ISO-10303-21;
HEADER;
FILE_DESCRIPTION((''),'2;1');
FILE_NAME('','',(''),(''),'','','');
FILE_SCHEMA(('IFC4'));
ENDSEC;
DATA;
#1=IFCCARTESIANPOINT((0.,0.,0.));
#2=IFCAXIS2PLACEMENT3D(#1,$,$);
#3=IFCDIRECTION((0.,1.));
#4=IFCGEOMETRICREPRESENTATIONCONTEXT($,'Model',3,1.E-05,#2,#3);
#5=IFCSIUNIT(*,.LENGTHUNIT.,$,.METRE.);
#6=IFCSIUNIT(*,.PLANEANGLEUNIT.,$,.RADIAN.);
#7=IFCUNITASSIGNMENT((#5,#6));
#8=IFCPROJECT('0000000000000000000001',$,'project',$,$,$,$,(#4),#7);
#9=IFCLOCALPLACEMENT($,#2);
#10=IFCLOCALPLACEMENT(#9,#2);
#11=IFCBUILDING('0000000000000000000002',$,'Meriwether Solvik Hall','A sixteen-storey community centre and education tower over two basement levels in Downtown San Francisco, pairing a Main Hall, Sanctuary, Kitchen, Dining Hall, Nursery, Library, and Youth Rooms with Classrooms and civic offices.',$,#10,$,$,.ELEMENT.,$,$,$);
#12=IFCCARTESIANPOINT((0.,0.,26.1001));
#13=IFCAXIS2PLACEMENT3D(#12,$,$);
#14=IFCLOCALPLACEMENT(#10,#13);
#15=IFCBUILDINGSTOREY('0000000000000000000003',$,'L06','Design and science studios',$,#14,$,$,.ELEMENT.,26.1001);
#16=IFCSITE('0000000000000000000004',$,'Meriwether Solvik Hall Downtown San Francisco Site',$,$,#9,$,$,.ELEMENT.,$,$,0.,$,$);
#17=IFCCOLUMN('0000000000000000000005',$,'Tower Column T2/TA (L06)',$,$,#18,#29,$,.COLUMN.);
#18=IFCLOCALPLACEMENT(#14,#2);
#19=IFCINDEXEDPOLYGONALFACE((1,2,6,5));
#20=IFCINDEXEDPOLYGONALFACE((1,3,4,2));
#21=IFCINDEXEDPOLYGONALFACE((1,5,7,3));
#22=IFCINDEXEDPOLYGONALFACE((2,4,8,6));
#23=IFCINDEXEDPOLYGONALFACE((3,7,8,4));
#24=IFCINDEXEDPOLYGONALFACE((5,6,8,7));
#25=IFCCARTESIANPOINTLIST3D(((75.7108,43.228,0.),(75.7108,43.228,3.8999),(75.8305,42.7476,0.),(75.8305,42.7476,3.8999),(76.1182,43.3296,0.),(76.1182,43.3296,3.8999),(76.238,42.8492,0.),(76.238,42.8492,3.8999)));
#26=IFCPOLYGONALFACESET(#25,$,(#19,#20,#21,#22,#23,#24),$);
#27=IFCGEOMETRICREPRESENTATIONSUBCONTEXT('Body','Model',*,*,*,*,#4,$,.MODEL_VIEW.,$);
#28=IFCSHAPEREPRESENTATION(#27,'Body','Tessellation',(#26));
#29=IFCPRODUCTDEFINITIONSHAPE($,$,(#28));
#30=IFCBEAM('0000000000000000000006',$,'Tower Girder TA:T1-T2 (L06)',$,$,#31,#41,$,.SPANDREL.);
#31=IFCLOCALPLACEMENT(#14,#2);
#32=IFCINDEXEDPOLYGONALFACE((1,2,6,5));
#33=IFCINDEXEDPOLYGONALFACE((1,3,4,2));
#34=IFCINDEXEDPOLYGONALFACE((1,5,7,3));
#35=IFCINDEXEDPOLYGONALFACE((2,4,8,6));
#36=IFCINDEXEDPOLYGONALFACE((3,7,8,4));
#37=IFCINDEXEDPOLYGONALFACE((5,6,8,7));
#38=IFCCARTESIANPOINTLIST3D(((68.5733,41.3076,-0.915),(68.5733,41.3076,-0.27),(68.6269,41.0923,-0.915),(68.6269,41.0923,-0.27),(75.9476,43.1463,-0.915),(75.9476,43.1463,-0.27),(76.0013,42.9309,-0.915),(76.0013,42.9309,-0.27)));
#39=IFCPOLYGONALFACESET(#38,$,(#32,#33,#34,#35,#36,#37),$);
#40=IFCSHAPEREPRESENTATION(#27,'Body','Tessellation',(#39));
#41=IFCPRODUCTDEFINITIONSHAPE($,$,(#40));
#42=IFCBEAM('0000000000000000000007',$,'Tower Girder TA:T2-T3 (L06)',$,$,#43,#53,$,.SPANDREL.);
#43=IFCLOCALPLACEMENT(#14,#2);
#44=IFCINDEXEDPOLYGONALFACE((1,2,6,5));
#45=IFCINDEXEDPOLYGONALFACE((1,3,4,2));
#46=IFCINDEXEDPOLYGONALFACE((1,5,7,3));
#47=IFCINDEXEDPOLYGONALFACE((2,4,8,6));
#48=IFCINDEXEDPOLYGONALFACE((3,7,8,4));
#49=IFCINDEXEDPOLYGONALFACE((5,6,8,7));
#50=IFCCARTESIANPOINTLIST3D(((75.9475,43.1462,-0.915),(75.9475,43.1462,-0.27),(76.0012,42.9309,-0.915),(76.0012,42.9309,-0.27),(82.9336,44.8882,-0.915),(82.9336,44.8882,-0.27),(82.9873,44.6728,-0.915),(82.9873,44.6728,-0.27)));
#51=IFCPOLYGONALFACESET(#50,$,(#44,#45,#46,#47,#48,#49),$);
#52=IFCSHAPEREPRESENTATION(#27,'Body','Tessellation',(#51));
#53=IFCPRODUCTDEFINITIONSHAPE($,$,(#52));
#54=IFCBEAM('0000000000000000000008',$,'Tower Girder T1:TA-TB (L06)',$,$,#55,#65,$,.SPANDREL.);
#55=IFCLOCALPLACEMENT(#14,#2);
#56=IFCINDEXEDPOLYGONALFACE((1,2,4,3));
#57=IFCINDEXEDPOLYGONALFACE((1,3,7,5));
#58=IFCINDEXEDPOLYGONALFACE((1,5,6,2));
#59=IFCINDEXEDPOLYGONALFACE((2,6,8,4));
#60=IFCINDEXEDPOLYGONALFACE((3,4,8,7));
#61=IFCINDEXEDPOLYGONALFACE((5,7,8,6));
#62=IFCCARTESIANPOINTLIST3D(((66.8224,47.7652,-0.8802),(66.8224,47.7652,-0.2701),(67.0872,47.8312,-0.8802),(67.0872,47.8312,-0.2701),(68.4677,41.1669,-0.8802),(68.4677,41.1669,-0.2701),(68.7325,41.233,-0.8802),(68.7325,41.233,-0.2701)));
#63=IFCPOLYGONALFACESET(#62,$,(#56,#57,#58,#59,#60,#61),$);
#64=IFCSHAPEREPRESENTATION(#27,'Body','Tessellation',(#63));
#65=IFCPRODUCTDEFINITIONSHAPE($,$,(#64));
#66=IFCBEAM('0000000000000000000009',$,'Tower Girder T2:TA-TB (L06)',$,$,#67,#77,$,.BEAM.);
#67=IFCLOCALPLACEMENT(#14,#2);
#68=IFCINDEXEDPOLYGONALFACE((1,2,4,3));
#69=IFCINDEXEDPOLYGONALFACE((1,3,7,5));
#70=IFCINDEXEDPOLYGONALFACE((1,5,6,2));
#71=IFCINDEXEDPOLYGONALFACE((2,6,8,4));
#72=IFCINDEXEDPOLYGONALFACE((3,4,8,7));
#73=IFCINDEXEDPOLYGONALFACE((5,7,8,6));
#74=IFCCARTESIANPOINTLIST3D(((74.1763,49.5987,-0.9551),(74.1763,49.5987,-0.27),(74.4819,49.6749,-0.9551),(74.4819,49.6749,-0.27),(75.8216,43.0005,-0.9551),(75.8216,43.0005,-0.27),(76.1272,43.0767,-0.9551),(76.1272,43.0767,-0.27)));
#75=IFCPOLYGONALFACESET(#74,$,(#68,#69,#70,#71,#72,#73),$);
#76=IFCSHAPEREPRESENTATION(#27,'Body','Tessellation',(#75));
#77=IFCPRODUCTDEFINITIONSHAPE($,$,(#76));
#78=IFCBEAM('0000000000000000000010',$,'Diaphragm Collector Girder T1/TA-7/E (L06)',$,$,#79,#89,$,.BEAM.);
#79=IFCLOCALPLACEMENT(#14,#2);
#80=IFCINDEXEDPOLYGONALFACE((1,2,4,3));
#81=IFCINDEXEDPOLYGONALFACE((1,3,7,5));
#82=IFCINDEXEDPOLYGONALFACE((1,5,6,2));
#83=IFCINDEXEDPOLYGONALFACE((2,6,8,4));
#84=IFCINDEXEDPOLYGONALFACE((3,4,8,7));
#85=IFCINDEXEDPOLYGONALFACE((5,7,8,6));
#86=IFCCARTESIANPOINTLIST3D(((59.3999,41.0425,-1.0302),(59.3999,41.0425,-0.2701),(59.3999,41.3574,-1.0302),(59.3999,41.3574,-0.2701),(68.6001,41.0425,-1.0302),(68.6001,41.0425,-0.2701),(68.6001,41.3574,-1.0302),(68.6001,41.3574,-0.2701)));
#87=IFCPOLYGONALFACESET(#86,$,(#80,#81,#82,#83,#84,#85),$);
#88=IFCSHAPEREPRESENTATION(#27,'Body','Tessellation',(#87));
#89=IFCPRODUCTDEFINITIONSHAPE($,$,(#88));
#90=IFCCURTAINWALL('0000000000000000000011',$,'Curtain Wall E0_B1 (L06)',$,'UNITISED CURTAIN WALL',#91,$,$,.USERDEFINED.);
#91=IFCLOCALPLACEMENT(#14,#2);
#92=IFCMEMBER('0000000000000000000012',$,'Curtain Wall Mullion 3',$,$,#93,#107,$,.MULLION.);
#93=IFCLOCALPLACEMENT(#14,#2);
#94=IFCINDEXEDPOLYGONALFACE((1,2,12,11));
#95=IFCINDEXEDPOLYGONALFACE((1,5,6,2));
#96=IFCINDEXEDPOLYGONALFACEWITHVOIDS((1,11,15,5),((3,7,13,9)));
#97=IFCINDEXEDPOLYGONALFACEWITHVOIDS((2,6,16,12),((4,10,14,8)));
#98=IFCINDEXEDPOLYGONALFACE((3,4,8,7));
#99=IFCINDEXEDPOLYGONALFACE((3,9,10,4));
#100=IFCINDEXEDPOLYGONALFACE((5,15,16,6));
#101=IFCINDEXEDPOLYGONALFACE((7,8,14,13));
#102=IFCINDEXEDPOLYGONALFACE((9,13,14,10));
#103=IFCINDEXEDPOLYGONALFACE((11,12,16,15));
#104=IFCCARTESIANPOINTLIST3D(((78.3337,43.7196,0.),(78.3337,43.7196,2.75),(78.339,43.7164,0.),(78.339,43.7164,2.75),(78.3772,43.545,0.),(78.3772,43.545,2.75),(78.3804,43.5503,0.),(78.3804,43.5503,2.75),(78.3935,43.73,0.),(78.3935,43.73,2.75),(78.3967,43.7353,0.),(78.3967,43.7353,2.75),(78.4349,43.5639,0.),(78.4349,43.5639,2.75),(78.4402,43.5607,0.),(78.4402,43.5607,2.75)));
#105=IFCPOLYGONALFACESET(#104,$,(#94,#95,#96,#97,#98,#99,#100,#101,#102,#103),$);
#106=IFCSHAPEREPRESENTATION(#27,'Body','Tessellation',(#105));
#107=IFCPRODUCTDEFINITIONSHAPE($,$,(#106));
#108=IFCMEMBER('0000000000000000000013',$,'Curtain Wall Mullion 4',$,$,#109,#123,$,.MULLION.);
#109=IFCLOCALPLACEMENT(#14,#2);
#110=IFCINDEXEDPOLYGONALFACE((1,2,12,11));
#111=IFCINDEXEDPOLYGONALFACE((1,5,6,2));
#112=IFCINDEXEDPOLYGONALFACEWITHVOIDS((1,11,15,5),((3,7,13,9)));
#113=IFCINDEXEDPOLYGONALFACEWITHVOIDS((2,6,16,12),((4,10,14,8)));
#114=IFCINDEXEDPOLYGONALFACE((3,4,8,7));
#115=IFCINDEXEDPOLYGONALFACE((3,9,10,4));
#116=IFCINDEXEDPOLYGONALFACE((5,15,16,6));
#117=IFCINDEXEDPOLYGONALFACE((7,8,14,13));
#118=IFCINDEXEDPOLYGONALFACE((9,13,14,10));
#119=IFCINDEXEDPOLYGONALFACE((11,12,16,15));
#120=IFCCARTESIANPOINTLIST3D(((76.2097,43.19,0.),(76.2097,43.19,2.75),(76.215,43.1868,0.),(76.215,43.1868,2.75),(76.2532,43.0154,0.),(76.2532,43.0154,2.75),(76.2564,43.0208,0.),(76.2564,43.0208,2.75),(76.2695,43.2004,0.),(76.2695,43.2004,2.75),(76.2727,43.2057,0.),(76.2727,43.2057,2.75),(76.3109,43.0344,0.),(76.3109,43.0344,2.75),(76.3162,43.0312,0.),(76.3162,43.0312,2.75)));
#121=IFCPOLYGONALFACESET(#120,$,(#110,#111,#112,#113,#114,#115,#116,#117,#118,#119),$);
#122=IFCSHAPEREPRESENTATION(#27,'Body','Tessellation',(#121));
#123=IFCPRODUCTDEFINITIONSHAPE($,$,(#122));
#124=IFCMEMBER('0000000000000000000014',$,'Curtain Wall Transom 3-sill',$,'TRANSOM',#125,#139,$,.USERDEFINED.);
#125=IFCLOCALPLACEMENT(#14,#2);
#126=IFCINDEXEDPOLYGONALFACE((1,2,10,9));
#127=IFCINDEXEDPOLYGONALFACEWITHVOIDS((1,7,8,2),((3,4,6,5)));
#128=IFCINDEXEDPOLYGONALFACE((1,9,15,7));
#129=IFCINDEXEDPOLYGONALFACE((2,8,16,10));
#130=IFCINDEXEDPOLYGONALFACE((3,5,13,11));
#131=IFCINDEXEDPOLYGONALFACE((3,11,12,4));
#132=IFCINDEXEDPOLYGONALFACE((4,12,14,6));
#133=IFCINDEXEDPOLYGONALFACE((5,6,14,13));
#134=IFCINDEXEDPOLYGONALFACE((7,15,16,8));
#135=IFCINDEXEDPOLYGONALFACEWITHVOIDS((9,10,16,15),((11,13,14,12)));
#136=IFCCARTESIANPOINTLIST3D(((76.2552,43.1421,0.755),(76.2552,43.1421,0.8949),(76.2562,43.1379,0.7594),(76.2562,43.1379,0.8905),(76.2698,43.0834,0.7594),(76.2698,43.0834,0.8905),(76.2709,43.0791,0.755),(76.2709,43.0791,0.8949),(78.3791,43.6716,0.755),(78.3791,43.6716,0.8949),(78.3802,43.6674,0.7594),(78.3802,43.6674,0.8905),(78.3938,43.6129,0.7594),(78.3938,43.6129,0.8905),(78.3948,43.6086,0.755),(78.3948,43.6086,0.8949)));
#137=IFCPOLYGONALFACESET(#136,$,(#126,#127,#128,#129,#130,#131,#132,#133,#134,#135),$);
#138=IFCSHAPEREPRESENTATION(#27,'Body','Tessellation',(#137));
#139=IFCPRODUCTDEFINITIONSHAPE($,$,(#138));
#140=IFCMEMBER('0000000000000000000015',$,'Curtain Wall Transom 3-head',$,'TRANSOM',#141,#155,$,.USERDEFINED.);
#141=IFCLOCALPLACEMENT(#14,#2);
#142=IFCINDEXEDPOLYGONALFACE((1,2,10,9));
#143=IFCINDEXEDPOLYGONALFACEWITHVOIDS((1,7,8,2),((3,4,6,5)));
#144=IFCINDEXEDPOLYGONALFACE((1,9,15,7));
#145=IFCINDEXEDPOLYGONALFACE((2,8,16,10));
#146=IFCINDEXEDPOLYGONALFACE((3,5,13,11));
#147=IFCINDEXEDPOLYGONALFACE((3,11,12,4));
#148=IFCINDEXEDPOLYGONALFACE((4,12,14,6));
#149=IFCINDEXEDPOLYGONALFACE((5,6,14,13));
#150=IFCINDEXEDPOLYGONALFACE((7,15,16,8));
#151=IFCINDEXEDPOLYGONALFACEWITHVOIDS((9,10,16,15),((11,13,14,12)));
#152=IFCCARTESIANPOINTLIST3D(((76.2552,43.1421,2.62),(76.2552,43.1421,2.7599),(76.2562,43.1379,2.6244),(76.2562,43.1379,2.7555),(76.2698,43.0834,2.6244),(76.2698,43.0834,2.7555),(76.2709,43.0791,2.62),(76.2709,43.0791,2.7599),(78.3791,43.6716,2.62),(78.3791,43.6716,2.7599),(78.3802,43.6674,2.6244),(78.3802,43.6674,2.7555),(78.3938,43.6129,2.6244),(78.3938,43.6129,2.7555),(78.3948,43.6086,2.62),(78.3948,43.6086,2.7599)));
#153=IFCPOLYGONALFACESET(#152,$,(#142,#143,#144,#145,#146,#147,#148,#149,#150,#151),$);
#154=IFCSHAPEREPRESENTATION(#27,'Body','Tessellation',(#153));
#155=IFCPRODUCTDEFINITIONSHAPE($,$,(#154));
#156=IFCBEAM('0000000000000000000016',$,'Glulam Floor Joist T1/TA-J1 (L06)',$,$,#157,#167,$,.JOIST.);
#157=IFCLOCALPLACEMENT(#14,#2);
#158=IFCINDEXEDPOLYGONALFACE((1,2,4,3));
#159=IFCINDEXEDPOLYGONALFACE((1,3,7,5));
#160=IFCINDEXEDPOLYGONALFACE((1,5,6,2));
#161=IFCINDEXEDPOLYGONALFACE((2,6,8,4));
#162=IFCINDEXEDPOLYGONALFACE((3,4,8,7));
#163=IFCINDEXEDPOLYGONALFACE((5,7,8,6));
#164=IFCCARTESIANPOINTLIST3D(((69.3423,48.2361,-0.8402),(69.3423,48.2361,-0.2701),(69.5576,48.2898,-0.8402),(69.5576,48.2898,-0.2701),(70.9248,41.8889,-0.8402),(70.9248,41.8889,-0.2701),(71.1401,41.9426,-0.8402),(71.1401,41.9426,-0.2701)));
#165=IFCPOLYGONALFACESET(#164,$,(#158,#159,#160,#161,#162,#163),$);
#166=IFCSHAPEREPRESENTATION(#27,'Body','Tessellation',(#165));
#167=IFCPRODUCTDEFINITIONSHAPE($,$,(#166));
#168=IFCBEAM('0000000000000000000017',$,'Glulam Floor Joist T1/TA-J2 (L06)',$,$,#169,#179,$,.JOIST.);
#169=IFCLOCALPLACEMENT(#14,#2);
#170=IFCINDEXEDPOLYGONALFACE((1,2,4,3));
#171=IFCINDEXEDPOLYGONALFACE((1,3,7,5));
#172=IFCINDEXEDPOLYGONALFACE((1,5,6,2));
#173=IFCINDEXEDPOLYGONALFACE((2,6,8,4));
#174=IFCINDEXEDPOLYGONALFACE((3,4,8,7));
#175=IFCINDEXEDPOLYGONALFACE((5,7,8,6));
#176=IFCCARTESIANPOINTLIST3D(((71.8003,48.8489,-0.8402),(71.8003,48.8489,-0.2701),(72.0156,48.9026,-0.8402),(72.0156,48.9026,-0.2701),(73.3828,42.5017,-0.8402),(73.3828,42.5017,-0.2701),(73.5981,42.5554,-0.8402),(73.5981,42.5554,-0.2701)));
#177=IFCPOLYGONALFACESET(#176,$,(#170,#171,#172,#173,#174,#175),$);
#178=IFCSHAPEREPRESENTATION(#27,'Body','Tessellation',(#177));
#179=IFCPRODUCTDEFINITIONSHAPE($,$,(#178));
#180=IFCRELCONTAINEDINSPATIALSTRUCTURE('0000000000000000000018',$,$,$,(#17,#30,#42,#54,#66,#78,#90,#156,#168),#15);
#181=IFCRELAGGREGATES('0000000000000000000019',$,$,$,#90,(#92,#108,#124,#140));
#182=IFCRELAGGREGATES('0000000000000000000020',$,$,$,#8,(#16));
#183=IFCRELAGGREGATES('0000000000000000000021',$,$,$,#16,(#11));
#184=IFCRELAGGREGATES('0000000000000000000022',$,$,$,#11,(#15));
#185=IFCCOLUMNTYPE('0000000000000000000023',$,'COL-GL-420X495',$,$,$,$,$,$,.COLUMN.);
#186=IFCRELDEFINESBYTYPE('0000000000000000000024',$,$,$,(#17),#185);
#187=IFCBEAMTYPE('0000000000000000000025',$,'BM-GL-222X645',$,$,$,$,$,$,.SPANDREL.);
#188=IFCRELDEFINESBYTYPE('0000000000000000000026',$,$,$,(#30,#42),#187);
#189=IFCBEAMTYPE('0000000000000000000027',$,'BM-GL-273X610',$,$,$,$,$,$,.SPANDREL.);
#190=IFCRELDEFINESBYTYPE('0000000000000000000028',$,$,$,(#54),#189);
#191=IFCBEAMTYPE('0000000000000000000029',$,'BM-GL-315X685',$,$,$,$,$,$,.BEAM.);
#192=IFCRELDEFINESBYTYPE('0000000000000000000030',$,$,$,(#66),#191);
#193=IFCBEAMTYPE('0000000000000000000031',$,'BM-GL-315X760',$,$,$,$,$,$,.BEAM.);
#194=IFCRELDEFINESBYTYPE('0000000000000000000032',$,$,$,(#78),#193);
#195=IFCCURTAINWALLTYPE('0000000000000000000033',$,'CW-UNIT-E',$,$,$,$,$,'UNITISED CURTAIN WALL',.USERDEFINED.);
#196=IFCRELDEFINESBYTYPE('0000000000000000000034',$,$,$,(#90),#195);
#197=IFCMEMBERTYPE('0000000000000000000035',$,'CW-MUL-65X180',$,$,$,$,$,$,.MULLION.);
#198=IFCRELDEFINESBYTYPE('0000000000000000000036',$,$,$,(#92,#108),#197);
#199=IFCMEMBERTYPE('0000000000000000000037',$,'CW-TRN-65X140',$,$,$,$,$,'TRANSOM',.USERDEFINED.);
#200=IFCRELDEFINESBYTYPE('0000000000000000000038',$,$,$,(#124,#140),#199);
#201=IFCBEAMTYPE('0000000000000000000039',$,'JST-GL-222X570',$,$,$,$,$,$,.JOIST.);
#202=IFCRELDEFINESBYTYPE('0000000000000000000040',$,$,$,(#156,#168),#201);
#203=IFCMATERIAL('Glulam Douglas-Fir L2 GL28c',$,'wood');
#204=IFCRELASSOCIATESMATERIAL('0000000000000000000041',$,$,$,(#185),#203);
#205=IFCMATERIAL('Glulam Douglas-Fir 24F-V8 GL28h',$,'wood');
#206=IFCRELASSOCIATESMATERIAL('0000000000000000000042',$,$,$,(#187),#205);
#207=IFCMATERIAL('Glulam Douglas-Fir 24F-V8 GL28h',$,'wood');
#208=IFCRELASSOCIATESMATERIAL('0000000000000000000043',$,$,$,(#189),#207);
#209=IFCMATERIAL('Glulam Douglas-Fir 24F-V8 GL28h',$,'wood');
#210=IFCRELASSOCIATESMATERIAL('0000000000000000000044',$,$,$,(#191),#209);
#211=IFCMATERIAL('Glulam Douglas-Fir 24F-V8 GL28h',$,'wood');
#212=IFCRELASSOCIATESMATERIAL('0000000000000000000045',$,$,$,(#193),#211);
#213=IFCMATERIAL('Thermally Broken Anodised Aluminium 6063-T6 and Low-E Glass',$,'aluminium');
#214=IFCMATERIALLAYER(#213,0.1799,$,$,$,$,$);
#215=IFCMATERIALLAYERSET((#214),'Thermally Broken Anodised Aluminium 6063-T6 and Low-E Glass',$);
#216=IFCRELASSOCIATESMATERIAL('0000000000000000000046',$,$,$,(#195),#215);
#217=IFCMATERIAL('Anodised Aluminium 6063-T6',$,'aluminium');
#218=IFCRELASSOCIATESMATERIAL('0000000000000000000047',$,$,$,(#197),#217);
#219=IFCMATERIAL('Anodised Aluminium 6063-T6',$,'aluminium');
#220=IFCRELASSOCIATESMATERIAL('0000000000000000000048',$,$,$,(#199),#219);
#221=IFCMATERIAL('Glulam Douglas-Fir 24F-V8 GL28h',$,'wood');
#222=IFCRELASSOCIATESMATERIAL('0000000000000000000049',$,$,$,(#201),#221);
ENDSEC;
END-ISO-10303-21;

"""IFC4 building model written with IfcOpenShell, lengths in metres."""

from ifc_helpers import new_model, si_unit, direction, frame, origin, origin_2d, place, context, subcontext, project, spatial, rectangle, hollow_rectangle, extrude, material, layer, layer_set, material_profile, profile_set, type_object, element, aggregate, save


model = new_model("IFC4")

# Units and contexts
model_context = context("Model", 3, precision=1e-05, world=origin(), true_north=direction((0.0, 1.0)))
body_context = subcontext(model_context, "Body", "Model", "MODEL_VIEW")
ifc_project = project(units=[si_unit("LENGTHUNIT", "METRE"), si_unit("PLANEANGLEUNIT", "RADIAN")], contexts=[model_context])

# Site, building, storey
site_placement = place(None, origin())
site = spatial("IfcSite", under=ifc_project, at=site_placement, Name="Meriwether Solvik Hall Downtown San Francisco Site", CompositionType="ELEMENT", RefElevation=0.0)
building_placement = place(site_placement, origin())
building = spatial("IfcBuilding", under=site, at=building_placement, Name="Meriwether Solvik Hall", Description="A sixteen-storey community centre and education tower over two basement levels in Downtown San Francisco, pairing a Main Hall, Sanctuary, Kitchen, Dining Hall, Nursery, Library, and Youth Rooms with Classrooms and civic offices.", CompositionType="ELEMENT")
storey_placement = place(building_placement, frame((0.0, 0.0, 26.1001)))
storey = spatial("IfcBuildingStorey", under=building, at=storey_placement, Name="L06", Description="Design and science studios", CompositionType="ELEMENT", Elevation=26.1001)

# Column
ifc_material_1 = material(Name="Glulam Douglas-Fir L2 GL28c", Category="wood")
ifc_material_profile_1 = material_profile(ifc_material_1, rectangle(XDim=0.4199, YDim=0.4951, at=origin_2d()), Name="GLC-420X495")
ifc_profile_set_1 = profile_set([ifc_material_profile_1], Name="Glulam Douglas-Fir L2 GL28c")
column_type = type_object("IfcColumnType", Name="COL-GL-420X495", PredefinedType="COLUMN", material=ifc_profile_set_1)
column_placement = place(storey_placement, frame((75.9744, 43.0386, 0.0), z_axis=(0.0, 0.0, 1.0), x_axis=(0.970296, 0.241922, 0.0)))
element("IfcColumn", 1, at=column_placement, inside=storey, type_object=column_type, Name="Tower Column T2/TA (L06)", PredefinedType="COLUMN", context=body_context, shape_type="SweptSolid", body=[
    extrude(rectangle(XDim=0.4199, YDim=0.4951, at=origin_2d()), origin(), (0.0, 0.0, 1.0), 3.8999),
])

# Beams
ifc_material_2 = material(Name="Glulam Douglas-Fir 24F-V8 GL28h", Category="wood")
ifc_material_profile_2 = material_profile(ifc_material_2, rectangle(XDim=0.2219, YDim=0.645, at=origin_2d()), Name="GLB-222X645")
ifc_profile_set_2 = profile_set([ifc_material_profile_2], Name="Glulam Douglas-Fir 24F-V8 GL28h")
beam_type_1 = type_object("IfcBeamType", Name="BM-GL-222X645", PredefinedType="SPANDREL", material=ifc_profile_set_2)
beam_1_placement = place(storey_placement, frame((68.6001, 41.2, -0.5925), z_axis=(0.970295, 0.241923, 0.0), x_axis=(-0.241923, 0.970295, 0.0)))
element("IfcBeam", 2, at=beam_1_placement, inside=storey, type_object=beam_type_1, Name="Tower Girder TA:T1-T2 (L06)", PredefinedType="SPANDREL", context=body_context, shape_type="SweptSolid", body=[
    extrude(rectangle(XDim=0.2219, YDim=0.645, at=origin_2d()), origin(), (0.0, 0.0, 1.0), 7.6001),
])
beam_2_placement = place(storey_placement, frame((75.9744, 43.0386, -0.5925), z_axis=(0.970292, 0.241937, 0.0), x_axis=(-0.241937, 0.970292, 0.0)))
element("IfcBeam", 3, at=beam_2_placement, inside=storey, type_object=beam_type_1, Name="Tower Girder TA:T2-T3 (L06)", PredefinedType="SPANDREL", context=body_context, shape_type="SweptSolid", body=[
    extrude(rectangle(XDim=0.2219, YDim=0.645, at=origin_2d()), origin(), (0.0, 0.0, 1.0), 7.2),
])
ifc_material_3 = material(Name="Glulam Douglas-Fir 24F-V8 GL28h", Category="wood")
ifc_material_profile_3 = material_profile(ifc_material_3, rectangle(XDim=0.2729, YDim=0.6101, at=origin_2d()), Name="GLB-273X610")
ifc_profile_set_3 = profile_set([ifc_material_profile_3], Name="Glulam Douglas-Fir 24F-V8 GL28h")
beam_type_2 = type_object("IfcBeamType", Name="BM-GL-273X610", PredefinedType="SPANDREL", material=ifc_profile_set_3)
beam_3_placement = place(storey_placement, frame((68.6001, 41.2, -0.5752), z_axis=(-0.241944, 0.97029, 0.0), x_axis=(-0.97029, -0.241944, 0.0)))
element("IfcBeam", 4, at=beam_3_placement, inside=storey, type_object=beam_type_2, Name="Tower Girder T1:TA-TB (L06)", PredefinedType="SPANDREL", context=body_context, shape_type="SweptSolid", body=[
    extrude(rectangle(XDim=0.2729, YDim=0.6101, at=origin_2d()), origin(), (0.0, 0.0, 1.0), 6.8003),
])
ifc_material_4 = material(Name="Glulam Douglas-Fir 24F-V8 GL28h", Category="wood")
ifc_material_profile_4 = material_profile(ifc_material_4, rectangle(XDim=0.3149, YDim=0.6851, at=origin_2d()), Name="GLB-315X685")
ifc_profile_set_4 = profile_set([ifc_material_profile_4], Name="Glulam Douglas-Fir 24F-V8 GL28h")
beam_type_3 = type_object("IfcBeamType", Name="BM-GL-315X685", PredefinedType="BEAM", material=ifc_profile_set_4)
beam_4_placement = place(storey_placement, frame((75.9744, 43.0386, -0.6125), z_axis=(-0.241944, 0.97029, 0.0), x_axis=(-0.97029, -0.241944, 0.0)))
element("IfcBeam", 5, at=beam_4_placement, inside=storey, type_object=beam_type_3, Name="Tower Girder T2:TA-TB (L06)", PredefinedType="BEAM", context=body_context, shape_type="SweptSolid", body=[
    extrude(rectangle(XDim=0.3149, YDim=0.6851, at=origin_2d()), origin(), (0.0, 0.0, 1.0), 6.8003),
])
ifc_material_5 = material(Name="Glulam Douglas-Fir 24F-V8 GL28h", Category="wood")
ifc_material_profile_5 = material_profile(ifc_material_5, rectangle(XDim=0.3149, YDim=0.76, at=origin_2d()), Name="GLB-315X760")
ifc_profile_set_5 = profile_set([ifc_material_profile_5], Name="Glulam Douglas-Fir 24F-V8 GL28h")
beam_type_4 = type_object("IfcBeamType", Name="BM-GL-315X760", PredefinedType="BEAM", material=ifc_profile_set_5)
beam_5_placement = place(storey_placement, frame((68.6001, 41.2, -0.6501), z_axis=(-1.0, 0.0, 0.0), x_axis=(0.0, -1.0, 0.0)))
element("IfcBeam", 6, at=beam_5_placement, inside=storey, type_object=beam_type_4, Name="Diaphragm Collector Girder T1/TA-7/E (L06)", PredefinedType="BEAM", context=body_context, shape_type="SweptSolid", body=[
    extrude(rectangle(XDim=0.3149, YDim=0.76, at=origin_2d()), origin(), (0.0, 0.0, 1.0), 9.2002),
])

# Curtain wall, members
ifc_material_6 = material(Name="Thermally Broken Anodised Aluminium 6063-T6 and Low-E Glass", Category="aluminium")
ifc_layer_1 = layer(ifc_material_6, 0.1799)
ifc_layer_set_1 = layer_set([ifc_layer_1], Name="Thermally Broken Anodised Aluminium 6063-T6 and Low-E Glass")
curtain_wall_type = type_object("IfcCurtainWallType", Name="CW-UNIT-E", ElementType="UNITISED CURTAIN WALL", PredefinedType="USERDEFINED", material=ifc_layer_set_1)
curtain_wall_placement = place(storey_placement, origin())
curtain_wall = element("IfcCurtainWall", 7, at=curtain_wall_placement, inside=storey, type_object=curtain_wall_type, Name="Curtain Wall E0_B1 (L06)", ObjectType="UNITISED CURTAIN WALL", PredefinedType="USERDEFINED")
ifc_material_7 = material(Name="Anodised Aluminium 6063-T6", Category="aluminium")
ifc_material_profile_6 = material_profile(ifc_material_7, hollow_rectangle(XDim=0.0649, YDim=0.1799, WallThickness=0.0044, at=origin_2d()), Name="CWM-65X180")
ifc_profile_set_6 = profile_set([ifc_material_profile_6], Name="Anodised Aluminium 6063-T6")
member_type_1 = type_object("IfcMemberType", Name="CW-MUL-65X180", PredefinedType="MULLION", material=ifc_profile_set_6)
member_1_placement = place(storey_placement, frame((78.387, 43.6401, 0.0), z_axis=(0.0, 0.0, 1.0), x_axis=(-0.970296, -0.241922, 0.0)))
member_1 = element("IfcMember", 8, at=member_1_placement, type_object=member_type_1, Name="Curtain Wall Mullion 3", PredefinedType="MULLION", context=body_context, shape_type="SweptSolid", body=[
    extrude(hollow_rectangle(XDim=0.0649, YDim=0.1799, WallThickness=0.0044, at=origin_2d()), origin(), (0.0, 0.0, 1.0), 2.75),
])
member_2_placement = place(storey_placement, frame((76.2629, 43.1106, 0.0), z_axis=(0.0, 0.0, 1.0), x_axis=(-0.970296, -0.241922, 0.0)))
member_2 = element("IfcMember", 9, at=member_2_placement, type_object=member_type_1, Name="Curtain Wall Mullion 4", PredefinedType="MULLION", context=body_context, shape_type="SweptSolid", body=[
    extrude(hollow_rectangle(XDim=0.0649, YDim=0.1799, WallThickness=0.0044, at=origin_2d()), origin(), (0.0, 0.0, 1.0), 2.75),
])
ifc_material_8 = material(Name="Anodised Aluminium 6063-T6", Category="aluminium")
ifc_material_profile_7 = material_profile(ifc_material_8, hollow_rectangle(XDim=0.0649, YDim=0.1399, WallThickness=0.0044, at=origin_2d()), Name="CWT-65X140")
ifc_profile_set_7 = profile_set([ifc_material_profile_7], Name="Anodised Aluminium 6063-T6")
member_type_2 = type_object("IfcMemberType", Name="CW-TRN-65X140", ElementType="TRANSOM", PredefinedType="USERDEFINED", material=ifc_profile_set_7)
member_3_placement = place(storey_placement, frame((78.387, 43.6401, 0.825), z_axis=(-0.9703, -0.241906, 0.0), x_axis=(0.241906, -0.9703, 0.0)))
member_3 = element("IfcMember", 10, at=member_3_placement, type_object=member_type_2, Name="Curtain Wall Transom 3-sill", ObjectType="TRANSOM", PredefinedType="USERDEFINED", context=body_context, shape_type="SweptSolid", body=[
    extrude(hollow_rectangle(XDim=0.0649, YDim=0.1399, WallThickness=0.0044, at=origin_2d()), origin(), (0.0, 0.0, 1.0), 2.189),
])
member_4_placement = place(storey_placement, frame((78.387, 43.6401, 2.6899), z_axis=(-0.9703, -0.241906, 0.0), x_axis=(0.241906, -0.9703, 0.0)))
member_4 = element("IfcMember", 11, at=member_4_placement, type_object=member_type_2, Name="Curtain Wall Transom 3-head", ObjectType="TRANSOM", PredefinedType="USERDEFINED", context=body_context, shape_type="SweptSolid", body=[
    extrude(hollow_rectangle(XDim=0.0649, YDim=0.1399, WallThickness=0.0044, at=origin_2d()), origin(), (0.0, 0.0, 1.0), 2.189),
])

# Beams
ifc_material_9 = material(Name="Glulam Douglas-Fir 24F-V8 GL28h", Category="wood")
ifc_material_profile_8 = material_profile(ifc_material_9, rectangle(XDim=0.2219, YDim=0.5701, at=origin_2d()), Name="GLJ-222X570")
ifc_profile_set_8 = profile_set([ifc_material_profile_8], Name="Glulam Douglas-Fir 24F-V8 GL28h")
beam_type_5 = type_object("IfcBeamType", Name="JST-GL-222X570", PredefinedType="JOIST", material=ifc_profile_set_8)
for number, where, z_axis, x_axis, name in (
    (12, (71.0325, 41.9158, -0.5552), (-0.241921, 0.970296, 0.0), (-0.970296, -0.241921, 0.0), "Glulam Floor Joist T1/TA-J1 (L06)"),
    (13, (73.4905, 42.5286, -0.5552), (-0.241921, 0.970296, 0.0), (-0.970296, -0.241921, 0.0), "Glulam Floor Joist T1/TA-J2 (L06)"),
):
    element("IfcBeam", number, at=place(storey_placement, frame(where, z_axis=z_axis, x_axis=x_axis)), inside=storey, type_object=beam_type_5, Name=name, PredefinedType="JOIST", context=body_context, shape_type="SweptSolid", body=[
        extrude(rectangle(XDim=0.2219, YDim=0.5701, at=origin_2d()), origin(), (0.0, 0.0, 1.0), 6.5415),
    ])

aggregate(curtain_wall, [member_1, member_2, member_3, member_4])

save(model, "model.ifc")
